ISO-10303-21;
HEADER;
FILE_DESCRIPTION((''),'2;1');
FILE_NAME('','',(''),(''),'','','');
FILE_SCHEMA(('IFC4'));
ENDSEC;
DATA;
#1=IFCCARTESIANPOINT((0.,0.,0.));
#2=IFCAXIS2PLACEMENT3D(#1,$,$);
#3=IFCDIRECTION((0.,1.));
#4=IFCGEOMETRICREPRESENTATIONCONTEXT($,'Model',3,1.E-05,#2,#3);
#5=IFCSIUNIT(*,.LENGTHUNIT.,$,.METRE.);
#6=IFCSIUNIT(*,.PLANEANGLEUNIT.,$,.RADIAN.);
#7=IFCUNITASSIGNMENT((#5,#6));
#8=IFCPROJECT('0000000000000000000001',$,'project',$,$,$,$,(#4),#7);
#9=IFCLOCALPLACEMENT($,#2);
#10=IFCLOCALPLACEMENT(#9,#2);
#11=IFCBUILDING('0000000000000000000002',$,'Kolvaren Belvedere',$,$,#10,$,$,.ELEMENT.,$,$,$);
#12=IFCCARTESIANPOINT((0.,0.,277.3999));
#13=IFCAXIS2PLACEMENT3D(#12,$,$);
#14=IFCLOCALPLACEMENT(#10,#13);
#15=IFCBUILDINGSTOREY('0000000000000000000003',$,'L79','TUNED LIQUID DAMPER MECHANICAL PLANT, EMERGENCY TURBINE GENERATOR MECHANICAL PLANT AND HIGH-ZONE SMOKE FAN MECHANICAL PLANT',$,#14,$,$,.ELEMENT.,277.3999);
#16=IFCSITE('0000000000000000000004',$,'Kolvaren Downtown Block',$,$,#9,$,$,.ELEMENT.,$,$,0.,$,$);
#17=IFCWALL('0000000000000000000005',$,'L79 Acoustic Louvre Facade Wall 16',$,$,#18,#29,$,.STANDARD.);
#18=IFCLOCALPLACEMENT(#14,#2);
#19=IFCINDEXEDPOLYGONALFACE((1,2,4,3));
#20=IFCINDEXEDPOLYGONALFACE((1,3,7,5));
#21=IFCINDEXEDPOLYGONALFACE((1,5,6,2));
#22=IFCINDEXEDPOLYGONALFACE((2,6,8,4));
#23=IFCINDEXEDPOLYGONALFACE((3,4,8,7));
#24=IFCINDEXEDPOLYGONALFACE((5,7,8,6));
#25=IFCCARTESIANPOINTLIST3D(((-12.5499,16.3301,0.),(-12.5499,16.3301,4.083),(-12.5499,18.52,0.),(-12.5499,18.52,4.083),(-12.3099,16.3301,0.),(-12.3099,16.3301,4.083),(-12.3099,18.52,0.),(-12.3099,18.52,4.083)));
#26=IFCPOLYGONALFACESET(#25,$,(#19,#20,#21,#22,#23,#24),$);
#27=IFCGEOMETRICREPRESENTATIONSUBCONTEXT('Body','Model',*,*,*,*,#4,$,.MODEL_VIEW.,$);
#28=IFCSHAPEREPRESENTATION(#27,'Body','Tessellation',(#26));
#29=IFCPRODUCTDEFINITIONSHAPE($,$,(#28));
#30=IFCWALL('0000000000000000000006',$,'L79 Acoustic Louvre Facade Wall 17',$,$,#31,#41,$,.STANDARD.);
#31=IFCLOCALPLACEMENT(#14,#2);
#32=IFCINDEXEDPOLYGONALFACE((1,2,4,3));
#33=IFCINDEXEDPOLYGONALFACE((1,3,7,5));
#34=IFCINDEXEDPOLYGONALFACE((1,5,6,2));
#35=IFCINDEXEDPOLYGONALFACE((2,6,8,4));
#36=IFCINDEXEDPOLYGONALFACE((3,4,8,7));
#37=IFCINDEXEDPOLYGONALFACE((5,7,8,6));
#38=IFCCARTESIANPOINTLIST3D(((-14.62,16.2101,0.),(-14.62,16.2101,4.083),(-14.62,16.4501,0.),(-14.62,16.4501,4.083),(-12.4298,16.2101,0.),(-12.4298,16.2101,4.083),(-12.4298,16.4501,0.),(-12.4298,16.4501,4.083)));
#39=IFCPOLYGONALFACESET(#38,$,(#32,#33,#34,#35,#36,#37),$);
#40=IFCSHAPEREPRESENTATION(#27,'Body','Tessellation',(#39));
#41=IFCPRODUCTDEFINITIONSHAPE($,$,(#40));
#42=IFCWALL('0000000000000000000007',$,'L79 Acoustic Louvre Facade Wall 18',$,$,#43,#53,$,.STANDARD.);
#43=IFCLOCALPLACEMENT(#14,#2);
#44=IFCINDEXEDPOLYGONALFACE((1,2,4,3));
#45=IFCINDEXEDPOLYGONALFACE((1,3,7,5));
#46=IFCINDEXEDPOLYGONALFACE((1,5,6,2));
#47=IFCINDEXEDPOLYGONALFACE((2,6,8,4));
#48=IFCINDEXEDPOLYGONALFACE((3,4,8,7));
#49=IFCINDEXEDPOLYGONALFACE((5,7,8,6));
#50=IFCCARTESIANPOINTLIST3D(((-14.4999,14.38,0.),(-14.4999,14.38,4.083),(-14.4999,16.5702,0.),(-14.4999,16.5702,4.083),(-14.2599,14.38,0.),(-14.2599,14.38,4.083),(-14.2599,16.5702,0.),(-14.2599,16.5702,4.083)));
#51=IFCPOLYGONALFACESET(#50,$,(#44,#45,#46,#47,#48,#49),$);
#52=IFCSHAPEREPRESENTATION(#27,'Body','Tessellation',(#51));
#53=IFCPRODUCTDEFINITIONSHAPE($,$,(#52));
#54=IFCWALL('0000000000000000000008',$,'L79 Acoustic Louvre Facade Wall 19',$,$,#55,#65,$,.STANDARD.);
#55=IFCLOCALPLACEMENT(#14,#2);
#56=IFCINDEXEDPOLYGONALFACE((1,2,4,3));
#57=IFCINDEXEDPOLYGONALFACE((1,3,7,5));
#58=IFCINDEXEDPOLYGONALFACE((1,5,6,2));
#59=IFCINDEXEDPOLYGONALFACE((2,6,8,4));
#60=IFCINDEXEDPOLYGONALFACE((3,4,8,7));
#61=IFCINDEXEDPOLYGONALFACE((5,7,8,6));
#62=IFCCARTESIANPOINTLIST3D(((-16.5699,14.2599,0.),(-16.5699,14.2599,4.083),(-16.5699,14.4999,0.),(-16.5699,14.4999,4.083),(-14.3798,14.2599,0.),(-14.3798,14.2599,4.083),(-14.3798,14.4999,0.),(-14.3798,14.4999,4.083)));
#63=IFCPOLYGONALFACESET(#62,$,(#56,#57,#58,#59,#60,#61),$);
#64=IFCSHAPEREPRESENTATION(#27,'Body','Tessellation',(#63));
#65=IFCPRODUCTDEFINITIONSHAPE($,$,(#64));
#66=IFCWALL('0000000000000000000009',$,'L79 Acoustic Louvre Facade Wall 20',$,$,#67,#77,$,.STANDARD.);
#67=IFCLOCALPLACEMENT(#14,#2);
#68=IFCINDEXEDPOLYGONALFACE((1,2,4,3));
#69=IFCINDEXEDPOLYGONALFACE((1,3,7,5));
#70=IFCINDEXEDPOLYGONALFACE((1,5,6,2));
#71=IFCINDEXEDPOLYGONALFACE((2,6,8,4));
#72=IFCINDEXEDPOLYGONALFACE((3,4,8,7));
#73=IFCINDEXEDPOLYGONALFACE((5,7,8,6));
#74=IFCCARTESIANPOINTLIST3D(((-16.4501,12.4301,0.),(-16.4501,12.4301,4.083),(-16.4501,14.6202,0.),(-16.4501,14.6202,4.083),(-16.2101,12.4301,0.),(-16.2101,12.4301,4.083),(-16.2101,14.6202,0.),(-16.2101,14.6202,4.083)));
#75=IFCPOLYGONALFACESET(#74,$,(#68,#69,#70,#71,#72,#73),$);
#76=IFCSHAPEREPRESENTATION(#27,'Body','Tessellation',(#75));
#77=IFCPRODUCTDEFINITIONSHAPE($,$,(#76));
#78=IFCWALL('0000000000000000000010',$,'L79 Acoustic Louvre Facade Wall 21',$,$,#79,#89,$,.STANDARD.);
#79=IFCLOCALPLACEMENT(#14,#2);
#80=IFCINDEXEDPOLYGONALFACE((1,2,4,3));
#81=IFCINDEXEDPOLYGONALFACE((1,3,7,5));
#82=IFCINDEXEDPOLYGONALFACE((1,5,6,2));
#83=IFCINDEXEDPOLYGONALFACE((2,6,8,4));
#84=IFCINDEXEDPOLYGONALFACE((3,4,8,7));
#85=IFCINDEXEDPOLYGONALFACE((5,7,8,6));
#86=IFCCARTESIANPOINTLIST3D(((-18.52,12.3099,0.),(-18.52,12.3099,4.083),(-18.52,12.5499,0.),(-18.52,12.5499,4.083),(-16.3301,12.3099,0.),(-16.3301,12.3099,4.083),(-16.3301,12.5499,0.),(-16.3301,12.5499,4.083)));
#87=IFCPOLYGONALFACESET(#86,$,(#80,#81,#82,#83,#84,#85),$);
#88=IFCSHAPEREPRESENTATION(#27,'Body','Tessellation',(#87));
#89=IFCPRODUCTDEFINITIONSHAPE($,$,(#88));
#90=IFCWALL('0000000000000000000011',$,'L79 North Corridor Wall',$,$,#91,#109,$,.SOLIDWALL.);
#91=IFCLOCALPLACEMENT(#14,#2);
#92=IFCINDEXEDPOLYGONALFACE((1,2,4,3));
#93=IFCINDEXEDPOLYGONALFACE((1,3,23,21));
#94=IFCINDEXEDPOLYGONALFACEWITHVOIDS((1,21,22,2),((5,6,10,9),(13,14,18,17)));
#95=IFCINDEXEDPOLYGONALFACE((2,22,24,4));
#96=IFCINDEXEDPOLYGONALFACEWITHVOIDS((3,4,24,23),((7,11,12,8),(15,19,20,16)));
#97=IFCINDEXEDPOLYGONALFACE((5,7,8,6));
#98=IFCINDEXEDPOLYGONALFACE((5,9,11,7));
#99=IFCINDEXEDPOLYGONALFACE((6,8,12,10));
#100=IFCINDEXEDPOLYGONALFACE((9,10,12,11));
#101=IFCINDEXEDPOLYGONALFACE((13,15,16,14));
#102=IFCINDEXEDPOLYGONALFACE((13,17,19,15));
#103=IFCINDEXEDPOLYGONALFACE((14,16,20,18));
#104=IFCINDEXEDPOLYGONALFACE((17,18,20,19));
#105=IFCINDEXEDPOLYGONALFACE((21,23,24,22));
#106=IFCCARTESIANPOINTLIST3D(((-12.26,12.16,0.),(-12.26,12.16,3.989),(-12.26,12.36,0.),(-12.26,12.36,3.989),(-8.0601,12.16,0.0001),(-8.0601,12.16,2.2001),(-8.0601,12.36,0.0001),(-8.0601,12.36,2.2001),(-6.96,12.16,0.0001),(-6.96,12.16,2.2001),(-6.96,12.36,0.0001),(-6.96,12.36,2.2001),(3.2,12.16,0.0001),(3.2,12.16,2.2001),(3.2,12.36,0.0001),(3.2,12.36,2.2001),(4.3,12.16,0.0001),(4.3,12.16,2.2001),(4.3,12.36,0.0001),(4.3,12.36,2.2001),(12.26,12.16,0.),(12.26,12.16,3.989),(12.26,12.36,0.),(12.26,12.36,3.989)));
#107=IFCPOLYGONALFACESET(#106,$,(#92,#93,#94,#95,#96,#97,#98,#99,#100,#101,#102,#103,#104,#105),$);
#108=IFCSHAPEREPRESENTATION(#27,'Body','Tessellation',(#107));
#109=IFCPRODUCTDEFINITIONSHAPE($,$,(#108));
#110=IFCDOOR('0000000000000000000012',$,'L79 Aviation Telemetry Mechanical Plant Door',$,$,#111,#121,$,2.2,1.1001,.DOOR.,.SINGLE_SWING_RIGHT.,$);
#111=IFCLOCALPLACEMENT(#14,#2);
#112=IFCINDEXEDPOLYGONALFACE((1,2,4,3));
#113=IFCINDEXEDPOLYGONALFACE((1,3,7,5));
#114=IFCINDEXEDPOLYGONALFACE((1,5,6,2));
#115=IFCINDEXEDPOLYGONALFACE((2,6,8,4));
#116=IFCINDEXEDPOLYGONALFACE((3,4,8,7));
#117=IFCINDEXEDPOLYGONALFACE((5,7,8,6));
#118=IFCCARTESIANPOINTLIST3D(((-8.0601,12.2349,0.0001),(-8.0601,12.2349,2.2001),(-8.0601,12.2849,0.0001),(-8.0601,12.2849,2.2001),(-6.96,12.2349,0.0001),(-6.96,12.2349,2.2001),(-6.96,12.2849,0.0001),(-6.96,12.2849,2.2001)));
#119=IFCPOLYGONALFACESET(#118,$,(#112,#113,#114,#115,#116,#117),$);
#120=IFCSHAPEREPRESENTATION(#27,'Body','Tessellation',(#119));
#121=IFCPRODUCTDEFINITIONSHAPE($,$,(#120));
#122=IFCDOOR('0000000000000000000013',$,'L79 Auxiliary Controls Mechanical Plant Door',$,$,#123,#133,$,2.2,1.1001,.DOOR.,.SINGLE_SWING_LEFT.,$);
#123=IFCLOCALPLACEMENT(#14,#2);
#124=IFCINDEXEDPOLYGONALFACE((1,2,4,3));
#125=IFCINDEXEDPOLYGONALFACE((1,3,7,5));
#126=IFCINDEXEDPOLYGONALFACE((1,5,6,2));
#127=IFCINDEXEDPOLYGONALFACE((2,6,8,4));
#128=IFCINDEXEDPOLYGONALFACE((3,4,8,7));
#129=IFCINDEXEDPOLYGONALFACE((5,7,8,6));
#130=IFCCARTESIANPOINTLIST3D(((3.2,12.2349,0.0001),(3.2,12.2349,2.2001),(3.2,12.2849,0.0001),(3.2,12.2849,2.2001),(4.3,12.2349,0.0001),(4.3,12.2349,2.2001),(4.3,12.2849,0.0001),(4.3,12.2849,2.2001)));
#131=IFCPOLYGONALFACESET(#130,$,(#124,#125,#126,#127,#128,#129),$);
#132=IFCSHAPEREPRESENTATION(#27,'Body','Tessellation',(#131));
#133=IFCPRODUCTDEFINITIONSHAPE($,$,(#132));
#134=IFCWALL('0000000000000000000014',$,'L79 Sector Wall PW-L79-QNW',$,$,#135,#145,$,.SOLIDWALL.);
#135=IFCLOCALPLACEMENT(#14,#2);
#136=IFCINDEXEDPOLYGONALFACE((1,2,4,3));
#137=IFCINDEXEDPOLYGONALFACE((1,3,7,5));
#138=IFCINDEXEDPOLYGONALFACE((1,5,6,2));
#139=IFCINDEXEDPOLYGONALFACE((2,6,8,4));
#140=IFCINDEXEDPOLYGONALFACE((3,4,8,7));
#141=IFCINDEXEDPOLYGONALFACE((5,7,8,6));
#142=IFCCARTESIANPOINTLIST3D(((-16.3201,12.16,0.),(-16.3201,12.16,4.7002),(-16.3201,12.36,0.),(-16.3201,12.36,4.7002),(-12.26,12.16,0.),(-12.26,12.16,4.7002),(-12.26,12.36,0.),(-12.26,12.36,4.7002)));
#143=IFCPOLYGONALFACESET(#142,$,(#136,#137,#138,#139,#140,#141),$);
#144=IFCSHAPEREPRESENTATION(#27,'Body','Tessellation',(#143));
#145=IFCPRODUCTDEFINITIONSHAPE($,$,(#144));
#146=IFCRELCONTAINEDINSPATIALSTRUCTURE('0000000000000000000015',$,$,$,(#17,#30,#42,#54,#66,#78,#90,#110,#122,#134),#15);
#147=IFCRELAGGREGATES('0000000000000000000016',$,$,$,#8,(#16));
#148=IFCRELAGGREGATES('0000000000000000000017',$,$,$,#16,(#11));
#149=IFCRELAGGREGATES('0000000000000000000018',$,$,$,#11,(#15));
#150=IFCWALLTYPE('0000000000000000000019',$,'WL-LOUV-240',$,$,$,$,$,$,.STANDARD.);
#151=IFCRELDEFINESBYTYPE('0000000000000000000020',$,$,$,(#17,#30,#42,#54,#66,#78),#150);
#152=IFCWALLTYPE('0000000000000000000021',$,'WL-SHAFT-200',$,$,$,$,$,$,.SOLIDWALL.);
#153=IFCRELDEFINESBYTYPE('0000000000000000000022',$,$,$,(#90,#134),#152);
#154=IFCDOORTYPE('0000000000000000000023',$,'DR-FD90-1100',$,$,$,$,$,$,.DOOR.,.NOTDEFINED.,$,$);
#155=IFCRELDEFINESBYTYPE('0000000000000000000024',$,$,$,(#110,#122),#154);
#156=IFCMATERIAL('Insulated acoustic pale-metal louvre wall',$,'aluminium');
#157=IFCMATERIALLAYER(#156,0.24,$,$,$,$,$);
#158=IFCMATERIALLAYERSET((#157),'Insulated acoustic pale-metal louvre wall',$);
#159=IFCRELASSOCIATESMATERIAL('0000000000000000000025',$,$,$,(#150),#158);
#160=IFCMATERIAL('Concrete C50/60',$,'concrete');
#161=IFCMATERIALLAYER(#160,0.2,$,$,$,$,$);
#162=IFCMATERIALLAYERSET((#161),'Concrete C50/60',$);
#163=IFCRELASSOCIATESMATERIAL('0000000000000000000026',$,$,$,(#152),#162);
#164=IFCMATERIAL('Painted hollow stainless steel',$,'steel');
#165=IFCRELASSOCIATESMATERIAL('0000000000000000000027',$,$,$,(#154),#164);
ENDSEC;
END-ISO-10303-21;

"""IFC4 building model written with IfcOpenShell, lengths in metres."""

from ifc_helpers import new_model, si_unit, direction, frame, frame_2d, origin, place, context, subcontext, project, spatial, rectangle, extrude, material, layer, layer_set, type_object, element, fill, save


model = new_model("IFC4")

# Units and contexts
model_context = context("Model", 3, precision=1e-05, world=origin(), true_north=direction((0.0, 1.0)))
body_context = subcontext(model_context, "Body", "Model", "MODEL_VIEW")
ifc_project = project(units=[si_unit("LENGTHUNIT", "METRE"), si_unit("PLANEANGLEUNIT", "RADIAN")], contexts=[model_context])

# Site, building, storey
site_placement = place(None, origin())
site = spatial("IfcSite", under=ifc_project, at=site_placement, Name="Kolvaren Downtown Block", CompositionType="ELEMENT", RefElevation=0.0)
building_placement = place(site_placement, origin())
building = spatial("IfcBuilding", under=site, at=building_placement, Name="Kolvaren Belvedere", CompositionType="ELEMENT")
storey_placement = place(building_placement, frame((0.0, 0.0, 277.3999)))
storey = spatial("IfcBuildingStorey", under=building, at=storey_placement, Name="L79", Description="TUNED LIQUID DAMPER MECHANICAL PLANT, EMERGENCY TURBINE GENERATOR MECHANICAL PLANT AND HIGH-ZONE SMOKE FAN MECHANICAL PLANT", CompositionType="ELEMENT", Elevation=277.3999)

# Walls
ifc_material_1 = material(Name="Insulated acoustic pale-metal louvre wall", Category="aluminium")
ifc_layer_1 = layer(ifc_material_1, 0.24)
ifc_layer_set_1 = layer_set([ifc_layer_1], Name="Insulated acoustic pale-metal louvre wall")
wall_type_1 = type_object("IfcWallType", Name="WL-LOUV-240", PredefinedType="STANDARD", material=ifc_layer_set_1)
wall_1_placement = place(storey_placement, frame((-12.4299, 16.3301, 0.0), z_axis=(0.0, 0.0, 1.0), x_axis=(0.0, 1.0, 0.0)))
element("IfcWall", 1, at=wall_1_placement, inside=storey, type_object=wall_type_1, Name="L79 Acoustic Louvre Facade Wall 16", PredefinedType="STANDARD", context=body_context, shape_type="SweptSolid", body=[
    extrude(rectangle(XDim=2.1899, YDim=0.24, at=frame_2d((1.095, 0.0))), origin(), (0.0, 0.0, 1.0), 4.083),
])
for number, where, z_axis, x_axis, name in (
    (2, (-14.6201, 16.3301, 0.0), (0.0, 0.0, 1.0), (1.0, 0.0, 0.0), "L79 Acoustic Louvre Facade Wall 17"),
    (3, (-14.3799, 14.3799, 0.0), (0.0, 0.0, 1.0), (0.0, 1.0, 0.0), "L79 Acoustic Louvre Facade Wall 18"),
    (4, (-16.5701, 14.3799, 0.0), (0.0, 0.0, 1.0), (1.0, 0.0, 0.0), "L79 Acoustic Louvre Facade Wall 19"),
    (5, (-16.3301, 12.4299, 0.0), (0.0, 0.0, 1.0), (0.0, 1.0, 0.0), "L79 Acoustic Louvre Facade Wall 20"),
):
    element("IfcWall", number, at=place(storey_placement, frame(where, z_axis=z_axis, x_axis=x_axis)), inside=storey, type_object=wall_type_1, Name=name, PredefinedType="STANDARD", context=body_context, shape_type="SweptSolid", body=[
        extrude(rectangle(XDim=2.1902, YDim=0.24, at=frame_2d((1.0952, 0.0))), origin(), (0.0, 0.0, 1.0), 4.083),
    ])
wall_2_placement = place(storey_placement, frame((-18.52, 12.4299, 0.0), z_axis=(0.0, 0.0, 1.0), x_axis=(1.0, 0.0, 0.0)))
element("IfcWall", 6, at=wall_2_placement, inside=storey, type_object=wall_type_1, Name="L79 Acoustic Louvre Facade Wall 21", PredefinedType="STANDARD", context=body_context, shape_type="SweptSolid", body=[
    extrude(rectangle(XDim=2.1899, YDim=0.24, at=frame_2d((1.095, 0.0))), origin(), (0.0, 0.0, 1.0), 4.083),
])

# Wall, openings, doors
ifc_material_2 = material(Name="Concrete C50/60", Category="concrete")
ifc_layer_2 = layer(ifc_material_2, 0.2)
ifc_layer_set_2 = layer_set([ifc_layer_2], Name="Concrete C50/60")
wall_type_2 = type_object("IfcWallType", Name="WL-SHAFT-200", PredefinedType="SOLIDWALL", material=ifc_layer_set_2)
wall_3_placement = place(storey_placement, frame((-12.26, 12.26, 0.0), z_axis=(0.0, 0.0, 1.0), x_axis=(1.0, 0.0, 0.0)))
wall_3 = element("IfcWall", 7, at=wall_3_placement, inside=storey, type_object=wall_type_2, Name="L79 North Corridor Wall", PredefinedType="SOLIDWALL", context=body_context, shape_type="SweptSolid", body=[
    extrude(rectangle(XDim=24.52, YDim=0.2, at=frame_2d((12.26, 0.0))), origin(), (0.0, 0.0, 1.0), 3.989),
])
opening_1_placement = place(wall_3_placement, frame((4.2, 0.0, 0.0)))
opening_1 = element("IfcOpeningElement", 8, at=opening_1_placement, cuts=wall_3, PredefinedType="OPENING", context=body_context, shape_type="SweptSolid", body=[
    extrude(rectangle(XDim=1.1001, YDim=2.2, at=frame_2d((0.55, 1.1001))), frame((0.0, 0.1099, 0.0), z_axis=(0.0, -1.0, 0.0), x_axis=(1.0, 0.0, 0.0)), (0.0, 0.0, 1.0), 0.22),
])
opening_2_placement = place(wall_3_placement, frame((15.46, 0.0, 0.0)))
opening_2 = element("IfcOpeningElement", 9, at=opening_2_placement, cuts=wall_3, PredefinedType="OPENING", context=body_context, shape_type="SweptSolid", body=[
    extrude(rectangle(XDim=1.1001, YDim=2.2, at=frame_2d((0.55, 1.1001))), frame((0.0, 0.1099, 0.0), z_axis=(0.0, -1.0, 0.0), x_axis=(1.0, 0.0, 0.0)), (0.0, 0.0, 1.0), 0.22),
])
ifc_material_3 = material(Name="Painted hollow stainless steel", Category="steel")
door_type = type_object("IfcDoorType", Name="DR-FD90-1100", OperationType="NOTDEFINED", PredefinedType="DOOR", material=ifc_material_3)
door_1_placement = place(opening_1_placement, origin())
door_1 = element("IfcDoor", 10, at=door_1_placement, inside=storey, type_object=door_type, Name="L79 Aviation Telemetry Mechanical Plant Door", OperationType="SINGLE_SWING_RIGHT", OverallHeight=2.2, OverallWidth=1.1001, PredefinedType="DOOR", context=body_context, shape_type="SweptSolid", body=[
    extrude(rectangle(XDim=1.1001, YDim=2.2, at=frame_2d((0.55, 1.1001))), frame((0.0, 0.0249, 0.0), z_axis=(0.0, -1.0, 0.0), x_axis=(1.0, 0.0, 0.0)), (0.0, 0.0, 1.0), 0.05),
])
fill(opening_1, door_1)
door_2_placement = place(opening_2_placement, origin())
door_2 = element("IfcDoor", 11, at=door_2_placement, inside=storey, type_object=door_type, Name="L79 Auxiliary Controls Mechanical Plant Door", OperationType="SINGLE_SWING_LEFT", OverallHeight=2.2, OverallWidth=1.1001, PredefinedType="DOOR", context=body_context, shape_type="SweptSolid", body=[
    extrude(rectangle(XDim=1.1001, YDim=2.2, at=frame_2d((0.55, 1.1001))), frame((0.0, 0.0249, 0.0), z_axis=(0.0, -1.0, 0.0), x_axis=(1.0, 0.0, 0.0)), (0.0, 0.0, 1.0), 0.05),
])
fill(opening_2, door_2)

# Wall
wall_4_placement = place(storey_placement, frame((-16.3201, 12.26, 0.0), z_axis=(0.0, 0.0, 1.0), x_axis=(1.0, 0.0, 0.0)))
element("IfcWall", 12, at=wall_4_placement, inside=storey, type_object=wall_type_2, Name="L79 Sector Wall PW-L79-QNW", PredefinedType="SOLIDWALL", context=body_context, shape_type="SweptSolid", body=[
    extrude(rectangle(XDim=4.0601, YDim=0.2, at=frame_2d((2.03, 0.0))), origin(), (0.0, 0.0, 1.0), 4.7002),
])

save(model, "model.ifc")
